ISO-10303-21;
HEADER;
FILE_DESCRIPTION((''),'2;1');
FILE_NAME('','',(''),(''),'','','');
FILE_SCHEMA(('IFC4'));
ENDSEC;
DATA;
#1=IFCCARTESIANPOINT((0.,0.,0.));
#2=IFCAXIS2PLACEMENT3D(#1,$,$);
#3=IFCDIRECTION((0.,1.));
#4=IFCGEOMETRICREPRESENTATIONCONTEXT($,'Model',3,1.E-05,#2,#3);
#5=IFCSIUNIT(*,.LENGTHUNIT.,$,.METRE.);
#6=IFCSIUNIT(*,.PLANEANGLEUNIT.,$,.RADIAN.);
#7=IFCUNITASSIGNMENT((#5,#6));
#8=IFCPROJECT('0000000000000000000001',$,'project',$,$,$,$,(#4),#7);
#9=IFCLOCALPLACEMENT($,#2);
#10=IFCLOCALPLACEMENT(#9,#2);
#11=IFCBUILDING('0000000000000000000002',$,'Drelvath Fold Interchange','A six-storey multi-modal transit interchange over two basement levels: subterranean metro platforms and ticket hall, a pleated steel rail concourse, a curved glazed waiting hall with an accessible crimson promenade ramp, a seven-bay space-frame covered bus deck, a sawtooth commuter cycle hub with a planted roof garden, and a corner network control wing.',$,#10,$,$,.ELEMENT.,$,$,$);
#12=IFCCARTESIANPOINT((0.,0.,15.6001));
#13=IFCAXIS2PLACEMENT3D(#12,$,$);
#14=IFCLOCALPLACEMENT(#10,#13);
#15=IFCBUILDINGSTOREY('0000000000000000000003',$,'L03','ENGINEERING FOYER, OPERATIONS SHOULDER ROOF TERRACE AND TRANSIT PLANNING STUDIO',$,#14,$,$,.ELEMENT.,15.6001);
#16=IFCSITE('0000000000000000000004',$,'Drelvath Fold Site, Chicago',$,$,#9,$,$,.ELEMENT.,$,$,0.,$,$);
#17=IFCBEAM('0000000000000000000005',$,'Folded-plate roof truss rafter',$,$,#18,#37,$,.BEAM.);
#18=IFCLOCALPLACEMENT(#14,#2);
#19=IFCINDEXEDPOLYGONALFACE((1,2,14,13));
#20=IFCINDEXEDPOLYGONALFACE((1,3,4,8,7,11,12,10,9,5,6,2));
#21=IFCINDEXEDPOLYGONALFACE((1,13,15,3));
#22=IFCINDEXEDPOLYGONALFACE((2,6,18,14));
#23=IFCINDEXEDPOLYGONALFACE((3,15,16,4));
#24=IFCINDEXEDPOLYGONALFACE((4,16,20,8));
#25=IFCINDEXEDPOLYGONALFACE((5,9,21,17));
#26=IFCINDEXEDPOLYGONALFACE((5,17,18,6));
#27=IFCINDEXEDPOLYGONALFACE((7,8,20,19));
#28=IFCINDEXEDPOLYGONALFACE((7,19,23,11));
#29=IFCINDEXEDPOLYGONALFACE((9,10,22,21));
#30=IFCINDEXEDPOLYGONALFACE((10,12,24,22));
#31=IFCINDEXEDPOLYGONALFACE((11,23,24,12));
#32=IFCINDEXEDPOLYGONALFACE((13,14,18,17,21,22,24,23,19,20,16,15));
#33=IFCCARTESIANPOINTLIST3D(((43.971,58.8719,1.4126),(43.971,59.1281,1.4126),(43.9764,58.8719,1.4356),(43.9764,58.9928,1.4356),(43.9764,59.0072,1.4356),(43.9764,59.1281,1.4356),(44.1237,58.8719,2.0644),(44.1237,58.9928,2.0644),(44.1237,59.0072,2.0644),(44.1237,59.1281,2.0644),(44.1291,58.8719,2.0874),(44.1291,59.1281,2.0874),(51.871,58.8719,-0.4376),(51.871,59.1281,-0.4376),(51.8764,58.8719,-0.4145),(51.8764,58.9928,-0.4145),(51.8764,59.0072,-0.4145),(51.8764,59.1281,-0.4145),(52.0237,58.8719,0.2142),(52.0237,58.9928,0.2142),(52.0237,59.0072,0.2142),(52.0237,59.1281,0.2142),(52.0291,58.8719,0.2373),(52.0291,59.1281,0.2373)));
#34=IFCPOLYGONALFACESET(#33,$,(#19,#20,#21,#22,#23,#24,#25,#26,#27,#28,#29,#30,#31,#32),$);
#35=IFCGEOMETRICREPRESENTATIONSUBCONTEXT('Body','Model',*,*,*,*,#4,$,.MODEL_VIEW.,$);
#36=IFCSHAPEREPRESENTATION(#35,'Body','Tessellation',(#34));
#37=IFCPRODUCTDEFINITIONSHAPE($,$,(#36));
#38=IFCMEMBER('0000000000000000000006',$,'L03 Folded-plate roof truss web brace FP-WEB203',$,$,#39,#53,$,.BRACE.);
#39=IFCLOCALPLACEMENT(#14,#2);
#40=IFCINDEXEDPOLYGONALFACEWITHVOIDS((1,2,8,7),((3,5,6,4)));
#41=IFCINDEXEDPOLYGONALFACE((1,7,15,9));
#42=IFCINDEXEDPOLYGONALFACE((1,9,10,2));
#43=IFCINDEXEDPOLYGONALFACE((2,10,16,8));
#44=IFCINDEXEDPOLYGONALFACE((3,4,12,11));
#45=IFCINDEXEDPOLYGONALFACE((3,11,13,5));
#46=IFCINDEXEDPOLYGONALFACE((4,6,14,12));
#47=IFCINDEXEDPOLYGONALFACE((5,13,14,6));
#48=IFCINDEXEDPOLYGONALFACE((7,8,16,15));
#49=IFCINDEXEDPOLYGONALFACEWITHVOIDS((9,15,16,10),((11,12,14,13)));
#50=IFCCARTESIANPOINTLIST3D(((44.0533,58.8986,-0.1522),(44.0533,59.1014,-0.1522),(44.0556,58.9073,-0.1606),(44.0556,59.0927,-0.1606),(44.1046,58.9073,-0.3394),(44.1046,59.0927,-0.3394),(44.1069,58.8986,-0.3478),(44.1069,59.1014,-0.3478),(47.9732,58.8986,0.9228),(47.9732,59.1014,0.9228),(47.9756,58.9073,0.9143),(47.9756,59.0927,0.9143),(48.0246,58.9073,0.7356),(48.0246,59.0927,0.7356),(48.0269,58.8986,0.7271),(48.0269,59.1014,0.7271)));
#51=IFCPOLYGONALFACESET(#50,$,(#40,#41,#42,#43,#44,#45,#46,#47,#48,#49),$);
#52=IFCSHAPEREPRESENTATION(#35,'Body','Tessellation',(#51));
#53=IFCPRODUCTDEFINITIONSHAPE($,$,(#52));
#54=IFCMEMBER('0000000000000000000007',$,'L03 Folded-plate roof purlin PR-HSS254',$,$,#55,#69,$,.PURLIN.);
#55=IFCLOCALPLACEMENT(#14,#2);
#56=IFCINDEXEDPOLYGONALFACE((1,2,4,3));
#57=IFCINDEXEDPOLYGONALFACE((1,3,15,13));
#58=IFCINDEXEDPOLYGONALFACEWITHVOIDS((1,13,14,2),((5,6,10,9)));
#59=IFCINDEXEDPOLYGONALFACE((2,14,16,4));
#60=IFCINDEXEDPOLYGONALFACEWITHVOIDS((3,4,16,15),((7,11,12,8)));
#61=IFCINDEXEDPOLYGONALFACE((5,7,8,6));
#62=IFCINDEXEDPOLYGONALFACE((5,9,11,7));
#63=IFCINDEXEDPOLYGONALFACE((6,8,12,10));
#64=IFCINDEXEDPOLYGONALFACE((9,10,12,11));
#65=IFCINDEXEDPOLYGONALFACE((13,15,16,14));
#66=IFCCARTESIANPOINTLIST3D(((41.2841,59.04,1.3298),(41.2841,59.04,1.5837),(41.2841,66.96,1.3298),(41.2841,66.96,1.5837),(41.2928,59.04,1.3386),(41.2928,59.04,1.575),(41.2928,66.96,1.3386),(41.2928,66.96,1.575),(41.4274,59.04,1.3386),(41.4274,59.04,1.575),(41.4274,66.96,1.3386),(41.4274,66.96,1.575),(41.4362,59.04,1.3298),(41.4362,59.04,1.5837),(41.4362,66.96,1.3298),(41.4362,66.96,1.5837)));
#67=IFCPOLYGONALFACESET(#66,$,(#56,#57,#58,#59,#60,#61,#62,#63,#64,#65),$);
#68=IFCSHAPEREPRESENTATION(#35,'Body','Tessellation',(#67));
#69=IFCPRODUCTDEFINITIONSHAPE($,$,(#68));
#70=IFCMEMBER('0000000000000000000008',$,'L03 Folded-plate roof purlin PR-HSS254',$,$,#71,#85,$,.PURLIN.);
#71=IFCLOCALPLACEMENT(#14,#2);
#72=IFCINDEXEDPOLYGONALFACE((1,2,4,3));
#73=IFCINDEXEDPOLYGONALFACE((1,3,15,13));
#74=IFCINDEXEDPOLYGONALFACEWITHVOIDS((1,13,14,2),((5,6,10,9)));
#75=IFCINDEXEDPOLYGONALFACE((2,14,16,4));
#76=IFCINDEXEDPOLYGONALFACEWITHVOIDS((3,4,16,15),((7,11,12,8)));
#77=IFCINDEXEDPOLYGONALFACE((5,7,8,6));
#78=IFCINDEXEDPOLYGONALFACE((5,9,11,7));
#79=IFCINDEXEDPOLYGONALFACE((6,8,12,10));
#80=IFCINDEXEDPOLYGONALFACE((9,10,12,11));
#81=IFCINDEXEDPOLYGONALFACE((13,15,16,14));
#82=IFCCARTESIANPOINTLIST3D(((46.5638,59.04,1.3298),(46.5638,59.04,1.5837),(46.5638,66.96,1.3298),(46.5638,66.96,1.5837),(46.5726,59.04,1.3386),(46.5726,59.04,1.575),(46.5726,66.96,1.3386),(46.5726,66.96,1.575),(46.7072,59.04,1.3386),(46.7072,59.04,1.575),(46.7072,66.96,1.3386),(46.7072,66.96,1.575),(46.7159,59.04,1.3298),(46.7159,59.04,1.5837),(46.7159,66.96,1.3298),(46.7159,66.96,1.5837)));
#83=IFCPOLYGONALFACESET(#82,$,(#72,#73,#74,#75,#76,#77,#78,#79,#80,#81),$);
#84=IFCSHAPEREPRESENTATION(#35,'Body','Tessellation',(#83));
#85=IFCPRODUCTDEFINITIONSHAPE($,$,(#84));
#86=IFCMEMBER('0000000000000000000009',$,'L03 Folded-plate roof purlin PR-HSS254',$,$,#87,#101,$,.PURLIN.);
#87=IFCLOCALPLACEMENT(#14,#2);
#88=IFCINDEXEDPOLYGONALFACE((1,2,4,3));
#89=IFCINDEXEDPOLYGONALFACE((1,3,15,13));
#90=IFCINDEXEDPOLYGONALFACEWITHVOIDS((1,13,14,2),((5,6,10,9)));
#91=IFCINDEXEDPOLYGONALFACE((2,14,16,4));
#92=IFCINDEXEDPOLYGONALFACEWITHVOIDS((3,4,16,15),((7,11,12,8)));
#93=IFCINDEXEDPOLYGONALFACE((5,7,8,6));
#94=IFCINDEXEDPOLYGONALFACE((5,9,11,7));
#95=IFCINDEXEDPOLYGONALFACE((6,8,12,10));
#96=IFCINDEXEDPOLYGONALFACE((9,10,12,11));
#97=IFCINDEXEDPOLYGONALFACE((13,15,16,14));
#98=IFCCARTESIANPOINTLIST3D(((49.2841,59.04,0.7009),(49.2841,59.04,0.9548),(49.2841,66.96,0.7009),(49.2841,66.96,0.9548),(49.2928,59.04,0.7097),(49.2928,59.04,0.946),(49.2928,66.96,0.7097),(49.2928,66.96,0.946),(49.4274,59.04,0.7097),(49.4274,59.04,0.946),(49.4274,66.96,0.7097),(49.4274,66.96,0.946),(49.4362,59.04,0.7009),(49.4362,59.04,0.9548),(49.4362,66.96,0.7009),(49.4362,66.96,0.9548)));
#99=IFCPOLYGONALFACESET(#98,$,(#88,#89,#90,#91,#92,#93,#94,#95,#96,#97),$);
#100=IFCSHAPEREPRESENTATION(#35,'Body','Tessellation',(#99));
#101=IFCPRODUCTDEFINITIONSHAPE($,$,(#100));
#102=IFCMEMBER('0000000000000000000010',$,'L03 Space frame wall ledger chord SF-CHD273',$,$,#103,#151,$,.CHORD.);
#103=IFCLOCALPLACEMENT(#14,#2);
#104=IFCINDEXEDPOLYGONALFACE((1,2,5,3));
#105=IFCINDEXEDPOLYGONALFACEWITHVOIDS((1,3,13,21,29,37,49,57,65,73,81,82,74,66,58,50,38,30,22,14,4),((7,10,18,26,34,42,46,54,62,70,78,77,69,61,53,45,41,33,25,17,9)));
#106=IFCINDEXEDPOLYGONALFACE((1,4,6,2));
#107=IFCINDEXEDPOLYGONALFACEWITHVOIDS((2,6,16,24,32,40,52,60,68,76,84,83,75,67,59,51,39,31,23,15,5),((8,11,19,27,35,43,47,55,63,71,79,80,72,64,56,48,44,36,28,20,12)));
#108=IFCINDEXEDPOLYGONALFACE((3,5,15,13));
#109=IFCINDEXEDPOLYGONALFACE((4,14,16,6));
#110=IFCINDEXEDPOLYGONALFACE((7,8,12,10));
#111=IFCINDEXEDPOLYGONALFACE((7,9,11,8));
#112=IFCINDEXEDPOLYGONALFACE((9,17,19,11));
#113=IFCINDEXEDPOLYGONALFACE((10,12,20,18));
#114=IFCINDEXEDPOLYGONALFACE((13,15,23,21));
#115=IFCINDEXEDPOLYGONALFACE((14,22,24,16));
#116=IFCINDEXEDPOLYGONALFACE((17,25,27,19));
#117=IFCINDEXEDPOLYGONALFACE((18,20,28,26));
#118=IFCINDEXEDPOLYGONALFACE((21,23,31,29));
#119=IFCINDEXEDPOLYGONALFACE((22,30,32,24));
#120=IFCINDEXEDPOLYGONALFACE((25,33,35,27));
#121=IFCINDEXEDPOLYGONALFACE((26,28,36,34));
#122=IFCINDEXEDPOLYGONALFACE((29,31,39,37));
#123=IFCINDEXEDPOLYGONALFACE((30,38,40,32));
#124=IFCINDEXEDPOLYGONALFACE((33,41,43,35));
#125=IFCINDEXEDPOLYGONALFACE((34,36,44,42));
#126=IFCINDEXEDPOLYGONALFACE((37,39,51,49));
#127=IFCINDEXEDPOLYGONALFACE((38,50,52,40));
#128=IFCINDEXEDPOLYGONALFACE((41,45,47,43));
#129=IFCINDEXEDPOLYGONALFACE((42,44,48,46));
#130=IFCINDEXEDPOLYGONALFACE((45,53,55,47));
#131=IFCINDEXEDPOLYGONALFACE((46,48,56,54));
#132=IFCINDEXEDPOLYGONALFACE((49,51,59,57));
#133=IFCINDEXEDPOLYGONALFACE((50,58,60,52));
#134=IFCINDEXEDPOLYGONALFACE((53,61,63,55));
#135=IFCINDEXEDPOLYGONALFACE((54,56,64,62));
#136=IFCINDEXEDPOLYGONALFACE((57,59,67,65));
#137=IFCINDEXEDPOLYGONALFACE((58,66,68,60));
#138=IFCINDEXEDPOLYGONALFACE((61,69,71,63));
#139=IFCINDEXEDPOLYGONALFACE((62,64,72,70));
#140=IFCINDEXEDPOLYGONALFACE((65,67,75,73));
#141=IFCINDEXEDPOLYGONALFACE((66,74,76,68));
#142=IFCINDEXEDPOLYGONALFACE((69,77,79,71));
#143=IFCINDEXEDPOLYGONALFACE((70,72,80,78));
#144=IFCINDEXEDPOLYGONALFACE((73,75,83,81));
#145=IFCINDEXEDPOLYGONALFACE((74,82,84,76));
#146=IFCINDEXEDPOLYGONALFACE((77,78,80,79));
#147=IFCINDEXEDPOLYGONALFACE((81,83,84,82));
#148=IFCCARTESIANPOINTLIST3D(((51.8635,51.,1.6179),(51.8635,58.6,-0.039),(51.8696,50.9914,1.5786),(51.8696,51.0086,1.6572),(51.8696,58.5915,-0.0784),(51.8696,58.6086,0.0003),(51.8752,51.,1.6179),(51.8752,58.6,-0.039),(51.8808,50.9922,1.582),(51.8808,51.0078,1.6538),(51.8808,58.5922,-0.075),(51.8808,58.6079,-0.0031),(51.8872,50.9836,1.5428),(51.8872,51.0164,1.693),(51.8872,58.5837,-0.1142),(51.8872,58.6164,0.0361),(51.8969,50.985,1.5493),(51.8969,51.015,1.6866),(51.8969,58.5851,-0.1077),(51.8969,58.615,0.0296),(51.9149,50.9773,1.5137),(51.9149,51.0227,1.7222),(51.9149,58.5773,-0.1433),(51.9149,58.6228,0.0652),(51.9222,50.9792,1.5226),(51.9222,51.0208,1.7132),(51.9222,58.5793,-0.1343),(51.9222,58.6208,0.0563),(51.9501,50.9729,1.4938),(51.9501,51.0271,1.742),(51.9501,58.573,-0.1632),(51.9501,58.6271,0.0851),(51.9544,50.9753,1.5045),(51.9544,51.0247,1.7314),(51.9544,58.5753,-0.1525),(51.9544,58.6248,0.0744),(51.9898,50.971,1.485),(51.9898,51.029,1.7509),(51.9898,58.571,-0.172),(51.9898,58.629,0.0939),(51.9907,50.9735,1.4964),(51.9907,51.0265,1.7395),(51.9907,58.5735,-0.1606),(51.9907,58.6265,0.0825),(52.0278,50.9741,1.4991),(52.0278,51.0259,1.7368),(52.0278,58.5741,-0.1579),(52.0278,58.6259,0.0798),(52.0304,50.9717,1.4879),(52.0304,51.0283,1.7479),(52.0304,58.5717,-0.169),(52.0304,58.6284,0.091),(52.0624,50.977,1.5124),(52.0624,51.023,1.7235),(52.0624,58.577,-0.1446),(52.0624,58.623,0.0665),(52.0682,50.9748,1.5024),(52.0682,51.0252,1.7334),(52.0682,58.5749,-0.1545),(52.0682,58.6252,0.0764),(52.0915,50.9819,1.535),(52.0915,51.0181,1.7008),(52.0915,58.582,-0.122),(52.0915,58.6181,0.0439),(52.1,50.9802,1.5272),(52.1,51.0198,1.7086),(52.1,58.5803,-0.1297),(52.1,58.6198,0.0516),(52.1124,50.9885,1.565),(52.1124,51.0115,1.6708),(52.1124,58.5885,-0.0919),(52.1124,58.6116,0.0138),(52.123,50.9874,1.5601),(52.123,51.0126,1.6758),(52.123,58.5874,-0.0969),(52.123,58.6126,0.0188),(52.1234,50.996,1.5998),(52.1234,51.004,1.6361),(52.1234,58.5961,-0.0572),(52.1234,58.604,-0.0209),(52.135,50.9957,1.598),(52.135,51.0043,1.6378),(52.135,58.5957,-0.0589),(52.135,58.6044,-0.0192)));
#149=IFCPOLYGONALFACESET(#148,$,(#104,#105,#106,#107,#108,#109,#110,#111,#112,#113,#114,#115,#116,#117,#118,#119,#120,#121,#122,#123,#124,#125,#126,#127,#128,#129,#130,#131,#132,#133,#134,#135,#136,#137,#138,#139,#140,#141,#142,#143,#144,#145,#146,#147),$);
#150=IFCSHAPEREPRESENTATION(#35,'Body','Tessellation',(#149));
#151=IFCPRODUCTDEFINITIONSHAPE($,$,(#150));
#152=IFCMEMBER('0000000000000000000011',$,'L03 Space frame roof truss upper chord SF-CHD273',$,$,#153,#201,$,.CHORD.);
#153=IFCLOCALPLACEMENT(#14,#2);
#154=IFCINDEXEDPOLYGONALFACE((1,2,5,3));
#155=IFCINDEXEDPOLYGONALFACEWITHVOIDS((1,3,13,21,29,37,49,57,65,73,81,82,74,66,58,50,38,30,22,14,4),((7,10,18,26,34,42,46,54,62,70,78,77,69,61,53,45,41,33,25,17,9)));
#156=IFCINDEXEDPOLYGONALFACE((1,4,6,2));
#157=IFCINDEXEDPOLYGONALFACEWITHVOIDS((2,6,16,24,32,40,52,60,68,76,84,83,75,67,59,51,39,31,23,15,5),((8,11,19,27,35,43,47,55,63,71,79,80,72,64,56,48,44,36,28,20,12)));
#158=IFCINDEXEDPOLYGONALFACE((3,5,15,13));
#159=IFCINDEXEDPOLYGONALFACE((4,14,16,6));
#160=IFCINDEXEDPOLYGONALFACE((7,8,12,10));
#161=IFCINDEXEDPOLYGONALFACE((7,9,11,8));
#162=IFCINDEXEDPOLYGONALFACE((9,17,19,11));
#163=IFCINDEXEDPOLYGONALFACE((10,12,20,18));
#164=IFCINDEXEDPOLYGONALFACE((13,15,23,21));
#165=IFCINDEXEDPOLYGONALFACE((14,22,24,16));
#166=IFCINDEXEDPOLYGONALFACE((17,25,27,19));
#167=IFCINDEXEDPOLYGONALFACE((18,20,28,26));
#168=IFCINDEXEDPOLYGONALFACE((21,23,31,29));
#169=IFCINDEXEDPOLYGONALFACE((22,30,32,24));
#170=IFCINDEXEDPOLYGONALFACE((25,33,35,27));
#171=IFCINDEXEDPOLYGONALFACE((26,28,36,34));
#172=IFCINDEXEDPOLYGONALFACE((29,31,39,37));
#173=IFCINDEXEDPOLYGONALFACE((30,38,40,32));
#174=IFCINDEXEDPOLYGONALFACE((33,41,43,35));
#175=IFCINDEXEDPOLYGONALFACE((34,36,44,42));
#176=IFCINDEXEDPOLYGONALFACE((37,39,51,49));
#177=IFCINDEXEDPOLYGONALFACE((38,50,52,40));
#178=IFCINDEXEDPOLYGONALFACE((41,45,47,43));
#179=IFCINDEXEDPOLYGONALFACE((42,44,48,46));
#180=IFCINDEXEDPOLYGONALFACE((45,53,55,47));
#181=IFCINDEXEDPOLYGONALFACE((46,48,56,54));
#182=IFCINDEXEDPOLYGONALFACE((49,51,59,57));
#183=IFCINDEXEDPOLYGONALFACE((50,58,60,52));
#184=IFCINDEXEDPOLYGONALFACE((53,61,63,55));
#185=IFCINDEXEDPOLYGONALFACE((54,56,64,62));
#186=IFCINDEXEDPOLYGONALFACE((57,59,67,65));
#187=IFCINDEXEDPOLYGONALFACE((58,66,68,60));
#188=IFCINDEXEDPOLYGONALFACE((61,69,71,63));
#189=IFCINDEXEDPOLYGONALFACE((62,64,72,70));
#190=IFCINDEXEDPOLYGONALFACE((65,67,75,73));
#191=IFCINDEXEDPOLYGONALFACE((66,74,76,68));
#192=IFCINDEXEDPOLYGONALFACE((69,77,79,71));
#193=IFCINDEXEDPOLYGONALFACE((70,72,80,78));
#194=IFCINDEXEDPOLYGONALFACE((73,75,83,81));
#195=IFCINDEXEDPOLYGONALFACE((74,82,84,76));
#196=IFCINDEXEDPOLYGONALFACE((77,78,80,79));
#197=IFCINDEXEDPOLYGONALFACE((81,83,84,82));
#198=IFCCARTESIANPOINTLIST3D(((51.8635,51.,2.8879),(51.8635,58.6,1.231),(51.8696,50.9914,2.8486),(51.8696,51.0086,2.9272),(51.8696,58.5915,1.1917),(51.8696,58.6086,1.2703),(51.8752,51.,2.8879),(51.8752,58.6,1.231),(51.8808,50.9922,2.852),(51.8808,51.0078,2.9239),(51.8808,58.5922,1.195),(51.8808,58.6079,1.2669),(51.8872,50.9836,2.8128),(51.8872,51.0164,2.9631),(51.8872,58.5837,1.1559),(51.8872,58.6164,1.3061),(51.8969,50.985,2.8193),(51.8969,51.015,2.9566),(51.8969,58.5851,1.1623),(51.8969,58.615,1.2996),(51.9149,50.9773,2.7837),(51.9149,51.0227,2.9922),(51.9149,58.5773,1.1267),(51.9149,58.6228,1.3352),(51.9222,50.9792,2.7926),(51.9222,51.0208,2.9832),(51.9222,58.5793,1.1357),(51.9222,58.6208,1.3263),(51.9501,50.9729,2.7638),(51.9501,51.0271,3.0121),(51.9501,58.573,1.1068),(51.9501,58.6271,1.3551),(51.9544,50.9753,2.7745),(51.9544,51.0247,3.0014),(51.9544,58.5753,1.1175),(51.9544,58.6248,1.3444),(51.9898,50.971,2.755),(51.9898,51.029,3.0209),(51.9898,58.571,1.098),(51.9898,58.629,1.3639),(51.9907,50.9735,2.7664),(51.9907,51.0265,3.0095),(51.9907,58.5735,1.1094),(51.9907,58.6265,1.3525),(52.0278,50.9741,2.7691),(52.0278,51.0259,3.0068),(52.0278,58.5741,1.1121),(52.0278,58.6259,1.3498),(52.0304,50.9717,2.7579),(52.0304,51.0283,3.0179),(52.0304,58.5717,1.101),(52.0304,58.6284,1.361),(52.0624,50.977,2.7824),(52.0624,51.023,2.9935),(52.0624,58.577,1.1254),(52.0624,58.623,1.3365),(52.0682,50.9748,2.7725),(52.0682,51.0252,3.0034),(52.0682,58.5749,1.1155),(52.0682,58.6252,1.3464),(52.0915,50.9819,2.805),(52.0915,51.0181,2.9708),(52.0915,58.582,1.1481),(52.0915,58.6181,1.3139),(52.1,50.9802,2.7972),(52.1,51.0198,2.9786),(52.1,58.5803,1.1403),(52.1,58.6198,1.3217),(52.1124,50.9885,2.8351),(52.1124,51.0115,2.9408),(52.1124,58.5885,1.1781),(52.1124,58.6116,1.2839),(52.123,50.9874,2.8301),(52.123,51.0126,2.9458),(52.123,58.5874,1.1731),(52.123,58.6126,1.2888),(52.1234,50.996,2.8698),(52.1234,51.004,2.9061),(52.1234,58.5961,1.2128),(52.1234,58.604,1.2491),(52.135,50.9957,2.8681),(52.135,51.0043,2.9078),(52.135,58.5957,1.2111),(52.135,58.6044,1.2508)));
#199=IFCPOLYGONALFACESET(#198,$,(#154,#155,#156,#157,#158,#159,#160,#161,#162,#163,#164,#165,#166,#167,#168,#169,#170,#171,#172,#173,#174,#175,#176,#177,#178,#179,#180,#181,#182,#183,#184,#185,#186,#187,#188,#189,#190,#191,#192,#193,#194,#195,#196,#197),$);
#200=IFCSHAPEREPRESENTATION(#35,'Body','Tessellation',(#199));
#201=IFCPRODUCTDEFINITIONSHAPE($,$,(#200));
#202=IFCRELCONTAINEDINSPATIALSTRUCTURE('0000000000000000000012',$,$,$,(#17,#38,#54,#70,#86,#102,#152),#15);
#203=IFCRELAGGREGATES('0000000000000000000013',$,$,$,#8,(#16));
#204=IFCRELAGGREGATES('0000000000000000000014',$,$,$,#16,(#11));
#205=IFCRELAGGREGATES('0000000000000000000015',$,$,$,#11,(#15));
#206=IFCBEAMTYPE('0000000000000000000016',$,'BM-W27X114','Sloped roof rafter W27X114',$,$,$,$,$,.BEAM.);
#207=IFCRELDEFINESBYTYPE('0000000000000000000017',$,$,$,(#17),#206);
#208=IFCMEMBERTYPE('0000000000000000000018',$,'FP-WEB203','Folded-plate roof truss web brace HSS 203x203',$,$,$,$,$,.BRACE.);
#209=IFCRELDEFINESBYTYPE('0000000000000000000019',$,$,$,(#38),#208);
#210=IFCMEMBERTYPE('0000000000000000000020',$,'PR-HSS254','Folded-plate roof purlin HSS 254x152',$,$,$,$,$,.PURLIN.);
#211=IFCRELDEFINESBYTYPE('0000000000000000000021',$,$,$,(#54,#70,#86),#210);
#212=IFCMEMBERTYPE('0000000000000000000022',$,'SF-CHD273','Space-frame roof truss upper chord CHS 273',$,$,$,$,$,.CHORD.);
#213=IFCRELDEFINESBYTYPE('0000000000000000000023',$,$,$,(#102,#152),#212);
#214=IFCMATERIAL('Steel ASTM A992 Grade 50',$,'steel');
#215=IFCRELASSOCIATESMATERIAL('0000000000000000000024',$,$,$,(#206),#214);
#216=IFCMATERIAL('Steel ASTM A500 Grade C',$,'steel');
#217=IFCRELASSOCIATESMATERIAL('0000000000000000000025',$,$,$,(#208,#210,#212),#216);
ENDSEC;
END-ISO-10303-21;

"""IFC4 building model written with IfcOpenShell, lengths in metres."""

from ifc_helpers import new_model, si_unit, direction, frame, origin, origin_2d, place, context, subcontext, project, spatial, hollow_rectangle, hollow_circle, i_section, extrude, material, material_profile, profile_set, type_object, element, save


model = new_model("IFC4")

# Units and contexts
model_context = context("Model", 3, precision=1e-05, world=origin(), true_north=direction((0.0, 1.0)))
body_context = subcontext(model_context, "Body", "Model", "MODEL_VIEW")
ifc_project = project(units=[si_unit("LENGTHUNIT", "METRE"), si_unit("PLANEANGLEUNIT", "RADIAN")], contexts=[model_context])

# Site, building, storey
site_placement = place(None, origin())
site = spatial("IfcSite", under=ifc_project, at=site_placement, Name="Drelvath Fold Site, Chicago", CompositionType="ELEMENT", RefElevation=0.0)
building_placement = place(site_placement, origin())
building = spatial("IfcBuilding", under=site, at=building_placement, Name="Drelvath Fold Interchange", Description="A six-storey multi-modal transit interchange over two basement levels: subterranean metro platforms and ticket hall, a pleated steel rail concourse, a curved glazed waiting hall with an accessible crimson promenade ramp, a seven-bay space-frame covered bus deck, a sawtooth commuter cycle hub with a planted roof garden, and a corner network control wing.", CompositionType="ELEMENT")
storey_placement = place(building_placement, frame((0.0, 0.0, 15.6001)))
storey = spatial("IfcBuildingStorey", under=building, at=storey_placement, Name="L03", Description="ENGINEERING FOYER, OPERATIONS SHOULDER ROOF TERRACE AND TRANSIT PLANNING STUDIO", CompositionType="ELEMENT", Elevation=15.6001)

# Beam
ifc_material_1 = material(Name="Steel ASTM A992 Grade 50", Category="steel")
ifc_material_profile_1 = material_profile(ifc_material_1, i_section(OverallWidth=0.2561, OverallDepth=0.6931, WebThickness=0.0144, FlangeThickness=0.0237, at=origin_2d()), Name="W27X114")
ifc_profile_set_1 = profile_set([ifc_material_profile_1], Name="Steel ASTM A992 Grade 50")
beam_type = type_object("IfcBeamType", Name="BM-W27X114", Description="Sloped roof rafter W27X114", PredefinedType="BEAM", material=ifc_profile_set_1)
beam_placement = place(storey_placement, frame((44.05, 59.0, 1.75), z_axis=(0.973656, 0.0, -0.228023), x_axis=(0.0, 1.0, 0.0)))
element("IfcBeam", 1, at=beam_placement, inside=storey, type_object=beam_type, Name="Folded-plate roof truss rafter", PredefinedType="BEAM", context=body_context, shape_type="SweptSolid", body=[
    extrude(i_section(OverallWidth=0.2561, OverallDepth=0.6931, WebThickness=0.0144, FlangeThickness=0.0237, at=origin_2d()), origin(), (0.0, 0.0, 1.0), 8.1138),
])

# Members
ifc_material_2 = material(Name="Steel ASTM A500 Grade C", Category="steel")
ifc_material_profile_2 = material_profile(ifc_material_2, hollow_rectangle(XDim=0.2029, YDim=0.2029, WallThickness=0.0088, at=origin_2d()), Name="HSS8X8X3/8")
ifc_profile_set_2 = profile_set([ifc_material_profile_2], Name="Steel ASTM A500 Grade C")
member_type_1 = type_object("IfcMemberType", Name="FP-WEB203", Description="Folded-plate roof truss web brace HSS 203x203", PredefinedType="BRACE", material=ifc_profile_set_2)
member_1_placement = place(storey_placement, frame((44.0801, 59.0, -0.25), z_axis=(0.964396, 0.0, 0.264464), x_axis=(0.0, 1.0, 0.0)))
element("IfcMember", 2, at=member_1_placement, inside=storey, type_object=member_type_1, Name="L03 Folded-plate roof truss web brace FP-WEB203", PredefinedType="BRACE", context=body_context, shape_type="SweptSolid", body=[
    extrude(hollow_rectangle(XDim=0.2029, YDim=0.2029, WallThickness=0.0088, at=origin_2d()), origin(), (0.0, 0.0, 1.0), 4.0647),
])
ifc_material_profile_3 = material_profile(ifc_material_2, hollow_rectangle(XDim=0.1521, YDim=0.2539, WallThickness=0.0088, at=origin_2d()), Name="HSS10X6X3/8")
ifc_profile_set_3 = profile_set([ifc_material_profile_3], Name="Steel ASTM A500 Grade C")
member_type_2 = type_object("IfcMemberType", Name="PR-HSS254", Description="Folded-plate roof purlin HSS 254x152", PredefinedType="PURLIN", material=ifc_profile_set_3)
for number, where, z_axis, x_axis, name in (
    (3, (41.3601, 59.04, 1.4568), (0.0, 1.0, 0.0), (-1.0, 0.0, 0.0), "L03 Folded-plate roof purlin PR-HSS254"),
    (4, (46.6399, 59.04, 1.4568), (0.0, 1.0, 0.0), (-1.0, 0.0, 0.0), "L03 Folded-plate roof purlin PR-HSS254"),
    (5, (49.3601, 59.04, 0.8279), (0.0, 1.0, 0.0), (-1.0, 0.0, 0.0), "L03 Folded-plate roof purlin PR-HSS254"),
):
    element("IfcMember", number, at=place(storey_placement, frame(where, z_axis=z_axis, x_axis=x_axis)), inside=storey, type_object=member_type_2, Name=name, PredefinedType="PURLIN", context=body_context, shape_type="SweptSolid", body=[
        extrude(hollow_rectangle(XDim=0.1521, YDim=0.2539, WallThickness=0.0088, at=origin_2d()), origin(), (0.0, 0.0, 1.0), 7.9199),
    ])
ifc_material_profile_4 = material_profile(ifc_material_2, hollow_circle(Radius=0.1365, WallThickness=0.0117, at=origin_2d()), Name="HSS10.750X0.500")
ifc_profile_set_4 = profile_set([ifc_material_profile_4], Name="Steel ASTM A500 Grade C")
member_type_3 = type_object("IfcMemberType", Name="SF-CHD273", Description="Space-frame roof truss upper chord CHS 273", PredefinedType="CHORD", material=ifc_profile_set_4)
for number, where, z_axis, x_axis, name in (
    (6, (52.0, 51.0, 1.6179), (0.0, 0.977048, -0.213017), (-1.0, 0.0, 0.0), "L03 Space frame wall ledger chord SF-CHD273"),
    (7, (52.0, 51.0, 2.8879), (0.0, 0.977048, -0.213017), (-1.0, 0.0, 0.0), "L03 Space frame roof truss upper chord SF-CHD273"),
):
    element("IfcMember", number, at=place(storey_placement, frame(where, z_axis=z_axis, x_axis=x_axis)), inside=storey, type_object=member_type_3, Name=name, PredefinedType="CHORD", context=body_context, shape_type="SweptSolid", body=[
        extrude(hollow_circle(Radius=0.1365, WallThickness=0.0117, at=origin_2d()), origin(), (0.0, 0.0, 1.0), 7.7786),
    ])

save(model, "model.ifc")
